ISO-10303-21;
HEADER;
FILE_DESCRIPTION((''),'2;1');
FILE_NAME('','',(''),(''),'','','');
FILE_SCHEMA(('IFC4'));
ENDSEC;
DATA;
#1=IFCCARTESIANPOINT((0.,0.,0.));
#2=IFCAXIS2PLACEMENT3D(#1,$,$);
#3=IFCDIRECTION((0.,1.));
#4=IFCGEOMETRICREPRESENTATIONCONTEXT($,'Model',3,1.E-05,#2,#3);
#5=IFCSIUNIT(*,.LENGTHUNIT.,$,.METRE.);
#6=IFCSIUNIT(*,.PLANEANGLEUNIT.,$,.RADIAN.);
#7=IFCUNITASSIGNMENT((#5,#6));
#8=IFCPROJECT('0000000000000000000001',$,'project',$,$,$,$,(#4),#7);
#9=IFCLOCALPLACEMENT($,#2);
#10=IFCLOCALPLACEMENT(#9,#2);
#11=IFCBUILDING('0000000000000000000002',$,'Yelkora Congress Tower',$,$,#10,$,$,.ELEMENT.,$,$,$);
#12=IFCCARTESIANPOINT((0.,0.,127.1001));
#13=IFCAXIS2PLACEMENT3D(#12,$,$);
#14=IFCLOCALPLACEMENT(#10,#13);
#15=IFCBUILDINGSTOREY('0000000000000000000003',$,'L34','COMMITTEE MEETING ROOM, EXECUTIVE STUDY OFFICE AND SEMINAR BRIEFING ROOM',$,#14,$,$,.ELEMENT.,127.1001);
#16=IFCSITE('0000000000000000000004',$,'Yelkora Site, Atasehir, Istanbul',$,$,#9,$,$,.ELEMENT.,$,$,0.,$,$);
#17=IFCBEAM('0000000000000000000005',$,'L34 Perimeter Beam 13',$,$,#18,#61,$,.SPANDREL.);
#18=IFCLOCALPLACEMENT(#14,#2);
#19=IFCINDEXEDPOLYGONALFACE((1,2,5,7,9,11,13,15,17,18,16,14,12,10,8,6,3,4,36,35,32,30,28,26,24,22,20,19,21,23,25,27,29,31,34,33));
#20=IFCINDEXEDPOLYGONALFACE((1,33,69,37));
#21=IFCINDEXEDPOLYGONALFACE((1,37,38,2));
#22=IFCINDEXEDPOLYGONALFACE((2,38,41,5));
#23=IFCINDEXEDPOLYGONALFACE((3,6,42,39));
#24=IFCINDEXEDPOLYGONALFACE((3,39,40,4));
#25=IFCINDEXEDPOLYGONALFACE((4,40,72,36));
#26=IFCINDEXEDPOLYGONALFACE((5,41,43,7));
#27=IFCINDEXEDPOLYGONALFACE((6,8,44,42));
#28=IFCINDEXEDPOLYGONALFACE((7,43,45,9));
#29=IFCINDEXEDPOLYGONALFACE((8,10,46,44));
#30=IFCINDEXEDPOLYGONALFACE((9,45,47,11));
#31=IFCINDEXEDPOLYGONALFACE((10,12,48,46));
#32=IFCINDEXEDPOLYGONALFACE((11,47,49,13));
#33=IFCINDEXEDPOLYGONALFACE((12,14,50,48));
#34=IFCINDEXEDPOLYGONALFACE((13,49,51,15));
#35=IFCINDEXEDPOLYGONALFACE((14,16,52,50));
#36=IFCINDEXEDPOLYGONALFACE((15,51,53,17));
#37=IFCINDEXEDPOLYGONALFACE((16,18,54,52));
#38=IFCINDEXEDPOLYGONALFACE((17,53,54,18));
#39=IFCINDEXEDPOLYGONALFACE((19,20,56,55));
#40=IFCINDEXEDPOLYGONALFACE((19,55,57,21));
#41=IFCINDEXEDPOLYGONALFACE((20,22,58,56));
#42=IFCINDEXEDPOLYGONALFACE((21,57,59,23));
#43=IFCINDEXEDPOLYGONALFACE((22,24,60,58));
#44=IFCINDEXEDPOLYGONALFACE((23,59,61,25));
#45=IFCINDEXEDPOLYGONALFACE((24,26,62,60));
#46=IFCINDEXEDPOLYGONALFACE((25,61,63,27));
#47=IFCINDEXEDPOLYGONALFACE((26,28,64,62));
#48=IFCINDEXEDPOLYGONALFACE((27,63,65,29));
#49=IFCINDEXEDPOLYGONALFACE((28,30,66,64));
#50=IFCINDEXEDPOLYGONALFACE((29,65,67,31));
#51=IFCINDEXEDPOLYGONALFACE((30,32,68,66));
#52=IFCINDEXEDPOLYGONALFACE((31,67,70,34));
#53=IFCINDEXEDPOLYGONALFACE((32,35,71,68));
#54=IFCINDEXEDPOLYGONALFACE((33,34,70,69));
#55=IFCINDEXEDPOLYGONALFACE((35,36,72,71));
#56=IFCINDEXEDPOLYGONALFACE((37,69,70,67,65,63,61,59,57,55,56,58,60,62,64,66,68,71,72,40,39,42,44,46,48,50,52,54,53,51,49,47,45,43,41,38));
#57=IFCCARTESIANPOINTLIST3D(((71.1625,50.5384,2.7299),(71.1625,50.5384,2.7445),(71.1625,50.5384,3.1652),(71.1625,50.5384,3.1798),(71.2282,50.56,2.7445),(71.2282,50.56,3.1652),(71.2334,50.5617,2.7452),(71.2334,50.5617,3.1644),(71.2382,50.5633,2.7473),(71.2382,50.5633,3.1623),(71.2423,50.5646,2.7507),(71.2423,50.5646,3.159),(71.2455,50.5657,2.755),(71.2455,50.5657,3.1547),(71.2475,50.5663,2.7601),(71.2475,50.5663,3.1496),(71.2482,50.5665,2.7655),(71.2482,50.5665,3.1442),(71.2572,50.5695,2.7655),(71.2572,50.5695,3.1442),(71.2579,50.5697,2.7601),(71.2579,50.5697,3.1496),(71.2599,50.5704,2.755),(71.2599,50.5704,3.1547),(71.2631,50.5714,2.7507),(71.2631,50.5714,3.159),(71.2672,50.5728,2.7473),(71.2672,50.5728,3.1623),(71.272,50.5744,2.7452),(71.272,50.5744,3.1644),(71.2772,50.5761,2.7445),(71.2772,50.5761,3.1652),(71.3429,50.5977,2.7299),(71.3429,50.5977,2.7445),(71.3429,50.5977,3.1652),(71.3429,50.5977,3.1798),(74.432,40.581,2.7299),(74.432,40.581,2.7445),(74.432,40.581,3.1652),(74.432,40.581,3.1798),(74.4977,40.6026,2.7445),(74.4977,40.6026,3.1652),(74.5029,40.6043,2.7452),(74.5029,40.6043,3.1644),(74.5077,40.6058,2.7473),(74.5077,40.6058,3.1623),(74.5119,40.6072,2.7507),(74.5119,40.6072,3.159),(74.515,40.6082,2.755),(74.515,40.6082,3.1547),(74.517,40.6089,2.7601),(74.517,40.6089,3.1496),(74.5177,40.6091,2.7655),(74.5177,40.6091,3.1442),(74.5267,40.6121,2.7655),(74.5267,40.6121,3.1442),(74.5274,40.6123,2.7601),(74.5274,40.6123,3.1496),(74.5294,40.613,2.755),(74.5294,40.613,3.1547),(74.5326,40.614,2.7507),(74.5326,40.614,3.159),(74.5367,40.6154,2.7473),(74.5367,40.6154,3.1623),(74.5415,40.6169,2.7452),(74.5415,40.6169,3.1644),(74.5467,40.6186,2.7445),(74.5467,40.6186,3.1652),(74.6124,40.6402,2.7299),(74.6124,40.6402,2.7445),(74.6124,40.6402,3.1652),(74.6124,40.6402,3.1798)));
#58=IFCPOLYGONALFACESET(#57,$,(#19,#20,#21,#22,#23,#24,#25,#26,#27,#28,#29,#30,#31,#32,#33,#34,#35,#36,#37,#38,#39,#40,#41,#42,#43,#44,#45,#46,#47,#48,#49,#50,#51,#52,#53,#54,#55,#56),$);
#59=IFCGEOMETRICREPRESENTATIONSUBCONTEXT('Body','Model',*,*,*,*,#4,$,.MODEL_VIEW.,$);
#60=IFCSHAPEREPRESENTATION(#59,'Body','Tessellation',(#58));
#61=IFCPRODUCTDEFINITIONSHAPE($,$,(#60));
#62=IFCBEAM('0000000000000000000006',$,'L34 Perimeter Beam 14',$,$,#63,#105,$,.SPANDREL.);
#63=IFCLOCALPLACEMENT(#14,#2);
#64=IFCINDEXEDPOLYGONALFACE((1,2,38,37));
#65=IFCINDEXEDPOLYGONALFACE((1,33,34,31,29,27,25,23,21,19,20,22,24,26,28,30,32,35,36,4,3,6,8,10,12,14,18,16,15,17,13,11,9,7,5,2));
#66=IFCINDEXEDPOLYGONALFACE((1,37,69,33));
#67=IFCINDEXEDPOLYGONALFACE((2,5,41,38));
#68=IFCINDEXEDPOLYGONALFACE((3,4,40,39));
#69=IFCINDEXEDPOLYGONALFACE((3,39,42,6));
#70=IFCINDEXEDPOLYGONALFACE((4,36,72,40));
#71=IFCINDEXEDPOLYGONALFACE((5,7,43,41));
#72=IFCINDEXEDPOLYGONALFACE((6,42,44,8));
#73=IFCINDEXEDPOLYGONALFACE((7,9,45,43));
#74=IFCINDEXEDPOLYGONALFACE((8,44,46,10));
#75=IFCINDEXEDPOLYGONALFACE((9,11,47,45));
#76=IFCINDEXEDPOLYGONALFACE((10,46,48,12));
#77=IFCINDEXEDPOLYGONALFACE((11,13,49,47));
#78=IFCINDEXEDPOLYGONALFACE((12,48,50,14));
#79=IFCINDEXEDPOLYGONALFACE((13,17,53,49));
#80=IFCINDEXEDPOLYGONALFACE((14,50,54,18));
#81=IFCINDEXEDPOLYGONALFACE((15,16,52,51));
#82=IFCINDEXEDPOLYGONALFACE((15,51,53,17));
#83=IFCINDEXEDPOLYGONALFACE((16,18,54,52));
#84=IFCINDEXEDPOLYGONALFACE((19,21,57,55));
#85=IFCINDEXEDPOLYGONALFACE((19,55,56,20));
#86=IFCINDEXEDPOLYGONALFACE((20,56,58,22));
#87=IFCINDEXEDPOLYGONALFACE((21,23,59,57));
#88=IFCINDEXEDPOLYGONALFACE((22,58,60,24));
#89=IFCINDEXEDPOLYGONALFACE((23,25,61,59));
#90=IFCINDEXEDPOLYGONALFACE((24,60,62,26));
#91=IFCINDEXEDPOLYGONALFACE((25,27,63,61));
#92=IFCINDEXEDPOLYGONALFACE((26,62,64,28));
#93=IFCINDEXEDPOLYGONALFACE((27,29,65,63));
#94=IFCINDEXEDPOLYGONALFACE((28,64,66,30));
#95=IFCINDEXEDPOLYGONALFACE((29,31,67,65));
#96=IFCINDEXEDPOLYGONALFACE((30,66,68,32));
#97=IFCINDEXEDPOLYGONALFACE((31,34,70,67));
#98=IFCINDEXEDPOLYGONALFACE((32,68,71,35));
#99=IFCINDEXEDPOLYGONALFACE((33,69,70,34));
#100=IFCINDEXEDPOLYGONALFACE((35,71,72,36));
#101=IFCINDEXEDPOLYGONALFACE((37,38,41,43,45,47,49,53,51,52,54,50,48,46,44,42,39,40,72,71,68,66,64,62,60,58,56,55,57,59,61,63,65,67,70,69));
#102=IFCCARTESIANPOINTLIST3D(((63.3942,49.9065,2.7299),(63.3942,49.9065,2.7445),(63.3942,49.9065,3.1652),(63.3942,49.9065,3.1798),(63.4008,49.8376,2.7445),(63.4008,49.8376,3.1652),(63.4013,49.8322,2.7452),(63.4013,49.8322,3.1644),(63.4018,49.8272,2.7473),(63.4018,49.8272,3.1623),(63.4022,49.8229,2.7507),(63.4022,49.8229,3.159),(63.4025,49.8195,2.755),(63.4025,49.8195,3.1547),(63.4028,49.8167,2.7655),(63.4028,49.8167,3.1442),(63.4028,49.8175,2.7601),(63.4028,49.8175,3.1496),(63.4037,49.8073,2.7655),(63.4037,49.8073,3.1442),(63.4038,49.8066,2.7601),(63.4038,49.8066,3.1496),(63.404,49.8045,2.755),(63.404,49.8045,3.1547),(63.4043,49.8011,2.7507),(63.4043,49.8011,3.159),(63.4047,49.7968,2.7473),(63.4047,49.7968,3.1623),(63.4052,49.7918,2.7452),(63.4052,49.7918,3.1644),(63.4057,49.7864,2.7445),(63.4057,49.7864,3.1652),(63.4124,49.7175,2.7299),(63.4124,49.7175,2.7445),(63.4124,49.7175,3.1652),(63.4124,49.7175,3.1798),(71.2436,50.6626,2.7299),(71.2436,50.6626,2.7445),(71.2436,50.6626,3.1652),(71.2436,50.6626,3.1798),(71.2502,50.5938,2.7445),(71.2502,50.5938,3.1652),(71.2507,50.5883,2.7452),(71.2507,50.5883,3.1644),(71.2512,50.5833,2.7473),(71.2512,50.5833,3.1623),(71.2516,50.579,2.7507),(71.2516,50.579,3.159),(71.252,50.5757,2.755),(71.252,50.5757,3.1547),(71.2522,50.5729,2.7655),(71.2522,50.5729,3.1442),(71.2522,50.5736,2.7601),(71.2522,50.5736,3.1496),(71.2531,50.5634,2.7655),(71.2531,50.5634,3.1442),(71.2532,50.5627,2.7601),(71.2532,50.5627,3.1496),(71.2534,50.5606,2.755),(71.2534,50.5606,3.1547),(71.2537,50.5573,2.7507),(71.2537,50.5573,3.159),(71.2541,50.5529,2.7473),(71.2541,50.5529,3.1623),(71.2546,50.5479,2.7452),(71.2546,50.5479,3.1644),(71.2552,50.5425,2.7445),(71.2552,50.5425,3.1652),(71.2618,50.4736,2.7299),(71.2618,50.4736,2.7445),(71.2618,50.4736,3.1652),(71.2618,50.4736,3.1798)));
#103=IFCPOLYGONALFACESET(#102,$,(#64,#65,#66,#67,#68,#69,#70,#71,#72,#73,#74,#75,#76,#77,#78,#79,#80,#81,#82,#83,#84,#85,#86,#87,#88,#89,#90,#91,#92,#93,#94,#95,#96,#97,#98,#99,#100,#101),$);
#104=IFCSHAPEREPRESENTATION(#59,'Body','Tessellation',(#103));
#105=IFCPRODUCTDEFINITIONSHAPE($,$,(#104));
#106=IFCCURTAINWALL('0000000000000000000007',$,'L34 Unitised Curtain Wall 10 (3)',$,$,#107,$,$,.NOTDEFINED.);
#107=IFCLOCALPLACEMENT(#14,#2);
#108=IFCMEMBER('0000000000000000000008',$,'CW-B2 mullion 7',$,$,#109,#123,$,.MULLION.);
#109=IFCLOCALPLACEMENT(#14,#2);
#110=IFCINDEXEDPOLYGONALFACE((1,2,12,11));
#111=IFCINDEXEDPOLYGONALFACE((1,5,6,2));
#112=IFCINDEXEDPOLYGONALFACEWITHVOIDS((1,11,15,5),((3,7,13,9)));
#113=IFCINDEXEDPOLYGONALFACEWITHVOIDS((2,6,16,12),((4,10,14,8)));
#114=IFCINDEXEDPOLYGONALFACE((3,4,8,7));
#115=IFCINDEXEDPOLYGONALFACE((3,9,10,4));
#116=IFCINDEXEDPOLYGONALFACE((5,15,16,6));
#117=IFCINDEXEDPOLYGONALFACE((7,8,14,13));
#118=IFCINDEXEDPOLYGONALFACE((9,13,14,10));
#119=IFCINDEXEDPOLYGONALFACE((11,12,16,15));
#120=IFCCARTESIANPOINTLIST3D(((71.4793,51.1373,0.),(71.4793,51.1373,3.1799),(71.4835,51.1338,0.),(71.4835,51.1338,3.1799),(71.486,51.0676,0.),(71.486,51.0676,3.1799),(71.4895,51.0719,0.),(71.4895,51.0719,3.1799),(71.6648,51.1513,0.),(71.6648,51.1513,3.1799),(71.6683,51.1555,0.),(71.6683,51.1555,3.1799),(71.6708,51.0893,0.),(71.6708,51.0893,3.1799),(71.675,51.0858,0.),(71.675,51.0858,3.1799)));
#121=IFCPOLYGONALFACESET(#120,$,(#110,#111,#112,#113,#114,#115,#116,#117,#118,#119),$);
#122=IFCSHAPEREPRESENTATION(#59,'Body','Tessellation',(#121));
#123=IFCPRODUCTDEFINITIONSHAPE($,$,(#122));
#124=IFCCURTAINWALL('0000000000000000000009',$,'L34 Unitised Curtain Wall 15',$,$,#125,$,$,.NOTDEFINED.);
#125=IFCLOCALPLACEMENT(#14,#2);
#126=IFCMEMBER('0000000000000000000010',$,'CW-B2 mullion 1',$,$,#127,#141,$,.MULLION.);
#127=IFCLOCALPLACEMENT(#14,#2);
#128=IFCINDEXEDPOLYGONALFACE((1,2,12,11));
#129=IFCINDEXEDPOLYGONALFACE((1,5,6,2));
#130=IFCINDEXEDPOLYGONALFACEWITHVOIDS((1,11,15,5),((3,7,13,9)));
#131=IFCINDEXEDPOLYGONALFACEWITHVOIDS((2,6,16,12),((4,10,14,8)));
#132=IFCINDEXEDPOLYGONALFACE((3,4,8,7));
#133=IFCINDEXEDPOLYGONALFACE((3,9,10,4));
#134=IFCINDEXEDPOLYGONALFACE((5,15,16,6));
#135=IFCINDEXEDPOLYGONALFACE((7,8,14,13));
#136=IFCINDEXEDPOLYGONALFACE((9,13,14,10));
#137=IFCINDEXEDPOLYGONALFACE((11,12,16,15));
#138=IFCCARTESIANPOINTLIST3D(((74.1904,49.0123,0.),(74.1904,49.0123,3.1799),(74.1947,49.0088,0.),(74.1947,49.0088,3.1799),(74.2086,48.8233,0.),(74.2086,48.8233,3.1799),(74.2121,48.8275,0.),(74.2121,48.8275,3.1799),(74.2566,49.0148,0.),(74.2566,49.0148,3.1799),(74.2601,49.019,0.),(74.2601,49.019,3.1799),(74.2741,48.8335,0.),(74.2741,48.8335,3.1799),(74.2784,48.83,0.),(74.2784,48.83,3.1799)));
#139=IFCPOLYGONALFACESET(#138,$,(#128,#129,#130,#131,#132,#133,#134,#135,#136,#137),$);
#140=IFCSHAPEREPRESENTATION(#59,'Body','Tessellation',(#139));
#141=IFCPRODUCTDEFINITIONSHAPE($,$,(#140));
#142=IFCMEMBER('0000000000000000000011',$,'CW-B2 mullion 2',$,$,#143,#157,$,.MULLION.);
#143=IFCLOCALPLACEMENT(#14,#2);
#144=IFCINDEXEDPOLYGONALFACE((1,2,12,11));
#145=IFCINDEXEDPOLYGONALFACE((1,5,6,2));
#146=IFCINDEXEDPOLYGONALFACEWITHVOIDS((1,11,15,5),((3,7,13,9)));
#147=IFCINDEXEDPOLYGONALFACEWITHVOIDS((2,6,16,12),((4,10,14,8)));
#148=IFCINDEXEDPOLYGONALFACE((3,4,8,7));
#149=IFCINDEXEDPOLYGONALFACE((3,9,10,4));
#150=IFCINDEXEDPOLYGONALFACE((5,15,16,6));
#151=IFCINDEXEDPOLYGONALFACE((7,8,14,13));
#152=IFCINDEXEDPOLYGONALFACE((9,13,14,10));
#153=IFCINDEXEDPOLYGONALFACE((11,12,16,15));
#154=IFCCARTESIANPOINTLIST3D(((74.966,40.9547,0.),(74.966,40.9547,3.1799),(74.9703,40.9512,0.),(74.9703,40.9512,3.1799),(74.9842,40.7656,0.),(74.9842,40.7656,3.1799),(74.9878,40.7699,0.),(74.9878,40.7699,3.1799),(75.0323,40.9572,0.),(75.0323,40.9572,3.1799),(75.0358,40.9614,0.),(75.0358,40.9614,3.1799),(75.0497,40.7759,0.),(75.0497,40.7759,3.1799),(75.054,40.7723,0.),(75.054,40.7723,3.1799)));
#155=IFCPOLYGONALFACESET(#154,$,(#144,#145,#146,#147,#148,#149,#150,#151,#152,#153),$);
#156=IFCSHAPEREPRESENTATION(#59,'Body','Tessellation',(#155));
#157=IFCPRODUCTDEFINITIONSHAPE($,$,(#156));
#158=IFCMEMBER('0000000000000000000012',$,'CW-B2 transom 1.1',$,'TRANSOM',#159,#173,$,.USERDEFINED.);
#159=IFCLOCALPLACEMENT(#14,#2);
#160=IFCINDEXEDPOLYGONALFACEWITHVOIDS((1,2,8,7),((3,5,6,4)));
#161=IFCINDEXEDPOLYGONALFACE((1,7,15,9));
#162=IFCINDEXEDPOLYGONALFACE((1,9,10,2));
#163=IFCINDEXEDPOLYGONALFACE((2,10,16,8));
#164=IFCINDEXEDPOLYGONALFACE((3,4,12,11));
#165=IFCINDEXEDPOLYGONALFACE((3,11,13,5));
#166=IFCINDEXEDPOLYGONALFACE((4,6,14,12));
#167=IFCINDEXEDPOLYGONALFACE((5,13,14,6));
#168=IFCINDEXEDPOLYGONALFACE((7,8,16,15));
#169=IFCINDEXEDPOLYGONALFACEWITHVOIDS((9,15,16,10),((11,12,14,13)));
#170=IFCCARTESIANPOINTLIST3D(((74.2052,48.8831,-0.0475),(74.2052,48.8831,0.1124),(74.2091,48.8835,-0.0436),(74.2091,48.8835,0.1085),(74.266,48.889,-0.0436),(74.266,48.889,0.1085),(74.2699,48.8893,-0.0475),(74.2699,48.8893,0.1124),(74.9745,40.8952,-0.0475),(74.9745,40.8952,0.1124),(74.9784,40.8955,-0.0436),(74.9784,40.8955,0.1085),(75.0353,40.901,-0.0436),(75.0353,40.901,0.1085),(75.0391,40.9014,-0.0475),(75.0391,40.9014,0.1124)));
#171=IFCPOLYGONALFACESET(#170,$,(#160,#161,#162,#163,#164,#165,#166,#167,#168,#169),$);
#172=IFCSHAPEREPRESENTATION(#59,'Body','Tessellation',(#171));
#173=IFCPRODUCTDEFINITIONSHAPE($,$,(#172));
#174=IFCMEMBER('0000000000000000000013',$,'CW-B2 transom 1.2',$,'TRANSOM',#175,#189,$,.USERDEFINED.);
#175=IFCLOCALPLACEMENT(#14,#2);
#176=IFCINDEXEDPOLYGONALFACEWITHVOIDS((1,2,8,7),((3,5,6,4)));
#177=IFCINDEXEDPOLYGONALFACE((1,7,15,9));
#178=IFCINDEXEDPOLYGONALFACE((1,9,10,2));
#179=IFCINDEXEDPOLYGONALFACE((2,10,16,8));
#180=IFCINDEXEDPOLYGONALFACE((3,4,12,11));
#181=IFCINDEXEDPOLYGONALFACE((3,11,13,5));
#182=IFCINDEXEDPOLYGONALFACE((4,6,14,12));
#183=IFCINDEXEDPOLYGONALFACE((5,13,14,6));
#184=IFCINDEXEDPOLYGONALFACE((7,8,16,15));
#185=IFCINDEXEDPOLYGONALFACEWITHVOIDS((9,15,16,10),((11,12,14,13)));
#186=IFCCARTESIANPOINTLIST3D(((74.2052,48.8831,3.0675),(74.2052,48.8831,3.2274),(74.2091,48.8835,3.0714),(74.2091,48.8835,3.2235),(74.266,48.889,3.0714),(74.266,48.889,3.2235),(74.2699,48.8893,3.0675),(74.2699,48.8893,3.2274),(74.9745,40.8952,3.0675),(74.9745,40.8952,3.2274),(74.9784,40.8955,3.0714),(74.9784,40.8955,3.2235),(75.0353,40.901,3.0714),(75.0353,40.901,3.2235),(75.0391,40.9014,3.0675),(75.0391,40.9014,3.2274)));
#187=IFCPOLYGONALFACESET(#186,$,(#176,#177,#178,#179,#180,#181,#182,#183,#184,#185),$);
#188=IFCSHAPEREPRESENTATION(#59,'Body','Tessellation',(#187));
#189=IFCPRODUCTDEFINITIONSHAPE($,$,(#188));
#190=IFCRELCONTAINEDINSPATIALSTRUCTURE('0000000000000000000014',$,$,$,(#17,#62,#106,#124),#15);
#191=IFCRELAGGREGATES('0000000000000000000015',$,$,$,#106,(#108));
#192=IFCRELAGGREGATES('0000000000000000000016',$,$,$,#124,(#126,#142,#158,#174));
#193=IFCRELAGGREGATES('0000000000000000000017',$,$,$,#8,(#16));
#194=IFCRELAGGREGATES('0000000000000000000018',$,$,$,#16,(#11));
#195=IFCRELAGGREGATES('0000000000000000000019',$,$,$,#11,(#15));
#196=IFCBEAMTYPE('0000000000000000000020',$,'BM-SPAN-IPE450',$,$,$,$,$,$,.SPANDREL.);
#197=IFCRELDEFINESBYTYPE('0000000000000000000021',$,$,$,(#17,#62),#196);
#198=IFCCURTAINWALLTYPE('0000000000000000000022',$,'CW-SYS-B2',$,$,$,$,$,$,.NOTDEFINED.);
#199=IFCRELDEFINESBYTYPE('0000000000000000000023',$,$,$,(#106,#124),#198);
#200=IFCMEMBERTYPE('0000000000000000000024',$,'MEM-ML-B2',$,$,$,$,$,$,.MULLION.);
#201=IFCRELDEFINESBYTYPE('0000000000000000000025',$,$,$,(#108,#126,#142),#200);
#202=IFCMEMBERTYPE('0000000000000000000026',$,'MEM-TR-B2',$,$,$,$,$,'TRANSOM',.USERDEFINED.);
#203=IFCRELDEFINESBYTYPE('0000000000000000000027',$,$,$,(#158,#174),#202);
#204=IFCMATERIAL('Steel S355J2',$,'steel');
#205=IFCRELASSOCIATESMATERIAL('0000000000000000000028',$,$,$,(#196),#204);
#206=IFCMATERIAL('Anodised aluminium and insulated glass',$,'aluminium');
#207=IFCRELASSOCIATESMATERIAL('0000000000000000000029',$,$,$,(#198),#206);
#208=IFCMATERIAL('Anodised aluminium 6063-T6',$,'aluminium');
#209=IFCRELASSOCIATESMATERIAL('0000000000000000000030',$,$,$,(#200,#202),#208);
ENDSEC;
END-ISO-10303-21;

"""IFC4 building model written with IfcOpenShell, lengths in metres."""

from ifc_helpers import new_model, si_unit, direction, frame, origin, origin_2d, place, context, subcontext, project, spatial, hollow_rectangle, i_section, extrude, material, material_profile, profile_set, type_object, element, aggregate, save


model = new_model("IFC4")

# Units and contexts
model_context = context("Model", 3, precision=1e-05, world=origin(), true_north=direction((0.0, 1.0)))
body_context = subcontext(model_context, "Body", "Model", "MODEL_VIEW")
ifc_project = project(units=[si_unit("LENGTHUNIT", "METRE"), si_unit("PLANEANGLEUNIT", "RADIAN")], contexts=[model_context])

# Site, building, storey
site_placement = place(None, origin())
site = spatial("IfcSite", under=ifc_project, at=site_placement, Name="Yelkora Site, Atasehir, Istanbul", CompositionType="ELEMENT", RefElevation=0.0)
building_placement = place(site_placement, origin())
building = spatial("IfcBuilding", under=site, at=building_placement, Name="Yelkora Congress Tower", CompositionType="ELEMENT")
storey_placement = place(building_placement, frame((0.0, 0.0, 127.1001)))
storey = spatial("IfcBuildingStorey", under=building, at=storey_placement, Name="L34", Description="COMMITTEE MEETING ROOM, EXECUTIVE STUDY OFFICE AND SEMINAR BRIEFING ROOM", CompositionType="ELEMENT", Elevation=127.1001)

# Beams
ifc_material_1 = material(Name="Steel S355J2", Category="steel")
ifc_material_profile_1 = material_profile(ifc_material_1, i_section(OverallWidth=0.1899, OverallDepth=0.45, WebThickness=0.0095, FlangeThickness=0.0146, FilletRadius=0.021, at=origin_2d()), Name="IPE 450")
ifc_profile_set_1 = profile_set([ifc_material_profile_1], Name="Steel S355J2")
beam_type_1 = type_object("IfcBeamType", Name="BM-SPAN-IPE450", PredefinedType="SPANDREL", material=ifc_profile_set_1)
beam_1_placement = place(storey_placement, frame((74.5222, 40.6106, 2.9548), z_axis=(-0.311962, 0.950095, 0.0), x_axis=(-0.950095, -0.311962, 0.0)))
element("IfcBeam", 1, at=beam_1_placement, inside=storey, type_object=beam_type_1, Name="L34 Perimeter Beam 13", PredefinedType="SPANDREL", context=body_context, shape_type="SweptSolid", body=[
    extrude(i_section(OverallWidth=0.1899, OverallDepth=0.45, WebThickness=0.0095, FlangeThickness=0.0146, FilletRadius=0.021, at=origin_2d()), origin(), (0.0, 0.0, 1.0), 10.4805),
])
beam_2_placement = place(storey_placement, frame((71.2527, 50.5681, 2.9548), z_axis=(-0.995393, -0.095883, 0.0), x_axis=(0.095883, -0.995393, 0.0)))
element("IfcBeam", 2, at=beam_2_placement, inside=storey, type_object=beam_type_1, Name="L34 Perimeter Beam 14", PredefinedType="SPANDREL", context=body_context, shape_type="SweptSolid", body=[
    extrude(i_section(OverallWidth=0.1899, OverallDepth=0.45, WebThickness=0.0095, FlangeThickness=0.0146, FilletRadius=0.021, at=origin_2d()), origin(), (0.0, 0.0, 1.0), 7.8857),
])

# Curtain wall, member
ifc_material_2 = material(Name="Anodised aluminium and insulated glass", Category="aluminium")
curtain_wall_type = type_object("IfcCurtainWallType", Name="CW-SYS-B2", PredefinedType="NOTDEFINED", material=ifc_material_2)
curtain_wall_1_placement = place(storey_placement, origin())
curtain_wall_1 = element("IfcCurtainWall", 3, at=curtain_wall_1_placement, inside=storey, type_object=curtain_wall_type, Name="L34 Unitised Curtain Wall 10 (3)", PredefinedType="NOTDEFINED")
ifc_material_3 = material(Name="Anodised aluminium 6063-T6", Category="aluminium")
ifc_material_profile_2 = material_profile(ifc_material_3, hollow_rectangle(XDim=0.0701, YDim=0.1899, WallThickness=0.0039, at=origin_2d()), Name="ALU 70x190x4")
ifc_profile_set_2 = profile_set([ifc_material_profile_2], Name="Anodised aluminium 6063-T6")
member_type_1 = type_object("IfcMemberType", Name="MEM-ML-B2", PredefinedType="MULLION", material=ifc_profile_set_2)
member_1_placement = place(storey_placement, frame((71.5771, 51.1116, 0.0), z_axis=(0.0, 0.0, 1.0), x_axis=(-0.095844, 0.995396, 0.0)))
member_1 = element("IfcMember", 4, at=member_1_placement, type_object=member_type_1, Name="CW-B2 mullion 7", PredefinedType="MULLION", context=body_context, shape_type="SweptSolid", body=[
    extrude(hollow_rectangle(XDim=0.0701, YDim=0.1899, WallThickness=0.0039, at=origin_2d()), origin(), (0.0, 0.0, 1.0), 3.1799),
])
aggregate(curtain_wall_1, [member_1])

# Curtain wall, members
curtain_wall_2_placement = place(storey_placement, origin())
curtain_wall_2 = element("IfcCurtainWall", 5, at=curtain_wall_2_placement, inside=storey, type_object=curtain_wall_type, Name="L34 Unitised Curtain Wall 15", PredefinedType="NOTDEFINED")
member_2_placement = place(storey_placement, frame((74.2344, 48.9211, 0.0), z_axis=(0.0, 0.0, 1.0), x_axis=(0.995397, 0.095843, 0.0)))
member_2 = element("IfcMember", 6, at=member_2_placement, type_object=member_type_1, Name="CW-B2 mullion 1", PredefinedType="MULLION", context=body_context, shape_type="SweptSolid", body=[
    extrude(hollow_rectangle(XDim=0.0701, YDim=0.1899, WallThickness=0.0039, at=origin_2d()), origin(), (0.0, 0.0, 1.0), 3.1799),
])
member_3_placement = place(storey_placement, frame((75.01, 40.8635, 0.0), z_axis=(0.0, 0.0, 1.0), x_axis=(0.995397, 0.095843, 0.0)))
member_3 = element("IfcMember", 7, at=member_3_placement, type_object=member_type_1, Name="CW-B2 mullion 2", PredefinedType="MULLION", context=body_context, shape_type="SweptSolid", body=[
    extrude(hollow_rectangle(XDim=0.0701, YDim=0.1899, WallThickness=0.0039, at=origin_2d()), origin(), (0.0, 0.0, 1.0), 3.1799),
])
ifc_material_profile_3 = material_profile(ifc_material_3, hollow_rectangle(XDim=0.0649, YDim=0.1599, WallThickness=0.0039, at=origin_2d()), Name="ALU 65x160x4")
ifc_profile_set_3 = profile_set([ifc_material_profile_3], Name="Anodised aluminium 6063-T6")
member_type_2 = type_object("IfcMemberType", Name="MEM-TR-B2", ElementType="TRANSOM", PredefinedType="USERDEFINED", material=ifc_profile_set_3)
member_4_placement = place(storey_placement, frame((74.2375, 48.8862, 0.0325), z_axis=(0.095861, -0.995395, 0.0), x_axis=(0.995395, 0.095861, 0.0)))
member_4 = element("IfcMember", 8, at=member_4_placement, type_object=member_type_2, Name="CW-B2 transom 1.1", ObjectType="TRANSOM", PredefinedType="USERDEFINED", context=body_context, shape_type="SweptSolid", body=[
    extrude(hollow_rectangle(XDim=0.0649, YDim=0.1599, WallThickness=0.0039, at=origin_2d()), origin(), (0.0, 0.0, 1.0), 8.0249),
])
member_5_placement = place(storey_placement, frame((74.2375, 48.8862, 3.1475), z_axis=(0.095861, -0.995395, 0.0), x_axis=(0.995395, 0.095861, 0.0)))
member_5 = element("IfcMember", 9, at=member_5_placement, type_object=member_type_2, Name="CW-B2 transom 1.2", ObjectType="TRANSOM", PredefinedType="USERDEFINED", context=body_context, shape_type="SweptSolid", body=[
    extrude(hollow_rectangle(XDim=0.0649, YDim=0.1599, WallThickness=0.0039, at=origin_2d()), origin(), (0.0, 0.0, 1.0), 8.0249),
])
aggregate(curtain_wall_2, [member_2, member_3, member_4, member_5])

save(model, "model.ifc")
